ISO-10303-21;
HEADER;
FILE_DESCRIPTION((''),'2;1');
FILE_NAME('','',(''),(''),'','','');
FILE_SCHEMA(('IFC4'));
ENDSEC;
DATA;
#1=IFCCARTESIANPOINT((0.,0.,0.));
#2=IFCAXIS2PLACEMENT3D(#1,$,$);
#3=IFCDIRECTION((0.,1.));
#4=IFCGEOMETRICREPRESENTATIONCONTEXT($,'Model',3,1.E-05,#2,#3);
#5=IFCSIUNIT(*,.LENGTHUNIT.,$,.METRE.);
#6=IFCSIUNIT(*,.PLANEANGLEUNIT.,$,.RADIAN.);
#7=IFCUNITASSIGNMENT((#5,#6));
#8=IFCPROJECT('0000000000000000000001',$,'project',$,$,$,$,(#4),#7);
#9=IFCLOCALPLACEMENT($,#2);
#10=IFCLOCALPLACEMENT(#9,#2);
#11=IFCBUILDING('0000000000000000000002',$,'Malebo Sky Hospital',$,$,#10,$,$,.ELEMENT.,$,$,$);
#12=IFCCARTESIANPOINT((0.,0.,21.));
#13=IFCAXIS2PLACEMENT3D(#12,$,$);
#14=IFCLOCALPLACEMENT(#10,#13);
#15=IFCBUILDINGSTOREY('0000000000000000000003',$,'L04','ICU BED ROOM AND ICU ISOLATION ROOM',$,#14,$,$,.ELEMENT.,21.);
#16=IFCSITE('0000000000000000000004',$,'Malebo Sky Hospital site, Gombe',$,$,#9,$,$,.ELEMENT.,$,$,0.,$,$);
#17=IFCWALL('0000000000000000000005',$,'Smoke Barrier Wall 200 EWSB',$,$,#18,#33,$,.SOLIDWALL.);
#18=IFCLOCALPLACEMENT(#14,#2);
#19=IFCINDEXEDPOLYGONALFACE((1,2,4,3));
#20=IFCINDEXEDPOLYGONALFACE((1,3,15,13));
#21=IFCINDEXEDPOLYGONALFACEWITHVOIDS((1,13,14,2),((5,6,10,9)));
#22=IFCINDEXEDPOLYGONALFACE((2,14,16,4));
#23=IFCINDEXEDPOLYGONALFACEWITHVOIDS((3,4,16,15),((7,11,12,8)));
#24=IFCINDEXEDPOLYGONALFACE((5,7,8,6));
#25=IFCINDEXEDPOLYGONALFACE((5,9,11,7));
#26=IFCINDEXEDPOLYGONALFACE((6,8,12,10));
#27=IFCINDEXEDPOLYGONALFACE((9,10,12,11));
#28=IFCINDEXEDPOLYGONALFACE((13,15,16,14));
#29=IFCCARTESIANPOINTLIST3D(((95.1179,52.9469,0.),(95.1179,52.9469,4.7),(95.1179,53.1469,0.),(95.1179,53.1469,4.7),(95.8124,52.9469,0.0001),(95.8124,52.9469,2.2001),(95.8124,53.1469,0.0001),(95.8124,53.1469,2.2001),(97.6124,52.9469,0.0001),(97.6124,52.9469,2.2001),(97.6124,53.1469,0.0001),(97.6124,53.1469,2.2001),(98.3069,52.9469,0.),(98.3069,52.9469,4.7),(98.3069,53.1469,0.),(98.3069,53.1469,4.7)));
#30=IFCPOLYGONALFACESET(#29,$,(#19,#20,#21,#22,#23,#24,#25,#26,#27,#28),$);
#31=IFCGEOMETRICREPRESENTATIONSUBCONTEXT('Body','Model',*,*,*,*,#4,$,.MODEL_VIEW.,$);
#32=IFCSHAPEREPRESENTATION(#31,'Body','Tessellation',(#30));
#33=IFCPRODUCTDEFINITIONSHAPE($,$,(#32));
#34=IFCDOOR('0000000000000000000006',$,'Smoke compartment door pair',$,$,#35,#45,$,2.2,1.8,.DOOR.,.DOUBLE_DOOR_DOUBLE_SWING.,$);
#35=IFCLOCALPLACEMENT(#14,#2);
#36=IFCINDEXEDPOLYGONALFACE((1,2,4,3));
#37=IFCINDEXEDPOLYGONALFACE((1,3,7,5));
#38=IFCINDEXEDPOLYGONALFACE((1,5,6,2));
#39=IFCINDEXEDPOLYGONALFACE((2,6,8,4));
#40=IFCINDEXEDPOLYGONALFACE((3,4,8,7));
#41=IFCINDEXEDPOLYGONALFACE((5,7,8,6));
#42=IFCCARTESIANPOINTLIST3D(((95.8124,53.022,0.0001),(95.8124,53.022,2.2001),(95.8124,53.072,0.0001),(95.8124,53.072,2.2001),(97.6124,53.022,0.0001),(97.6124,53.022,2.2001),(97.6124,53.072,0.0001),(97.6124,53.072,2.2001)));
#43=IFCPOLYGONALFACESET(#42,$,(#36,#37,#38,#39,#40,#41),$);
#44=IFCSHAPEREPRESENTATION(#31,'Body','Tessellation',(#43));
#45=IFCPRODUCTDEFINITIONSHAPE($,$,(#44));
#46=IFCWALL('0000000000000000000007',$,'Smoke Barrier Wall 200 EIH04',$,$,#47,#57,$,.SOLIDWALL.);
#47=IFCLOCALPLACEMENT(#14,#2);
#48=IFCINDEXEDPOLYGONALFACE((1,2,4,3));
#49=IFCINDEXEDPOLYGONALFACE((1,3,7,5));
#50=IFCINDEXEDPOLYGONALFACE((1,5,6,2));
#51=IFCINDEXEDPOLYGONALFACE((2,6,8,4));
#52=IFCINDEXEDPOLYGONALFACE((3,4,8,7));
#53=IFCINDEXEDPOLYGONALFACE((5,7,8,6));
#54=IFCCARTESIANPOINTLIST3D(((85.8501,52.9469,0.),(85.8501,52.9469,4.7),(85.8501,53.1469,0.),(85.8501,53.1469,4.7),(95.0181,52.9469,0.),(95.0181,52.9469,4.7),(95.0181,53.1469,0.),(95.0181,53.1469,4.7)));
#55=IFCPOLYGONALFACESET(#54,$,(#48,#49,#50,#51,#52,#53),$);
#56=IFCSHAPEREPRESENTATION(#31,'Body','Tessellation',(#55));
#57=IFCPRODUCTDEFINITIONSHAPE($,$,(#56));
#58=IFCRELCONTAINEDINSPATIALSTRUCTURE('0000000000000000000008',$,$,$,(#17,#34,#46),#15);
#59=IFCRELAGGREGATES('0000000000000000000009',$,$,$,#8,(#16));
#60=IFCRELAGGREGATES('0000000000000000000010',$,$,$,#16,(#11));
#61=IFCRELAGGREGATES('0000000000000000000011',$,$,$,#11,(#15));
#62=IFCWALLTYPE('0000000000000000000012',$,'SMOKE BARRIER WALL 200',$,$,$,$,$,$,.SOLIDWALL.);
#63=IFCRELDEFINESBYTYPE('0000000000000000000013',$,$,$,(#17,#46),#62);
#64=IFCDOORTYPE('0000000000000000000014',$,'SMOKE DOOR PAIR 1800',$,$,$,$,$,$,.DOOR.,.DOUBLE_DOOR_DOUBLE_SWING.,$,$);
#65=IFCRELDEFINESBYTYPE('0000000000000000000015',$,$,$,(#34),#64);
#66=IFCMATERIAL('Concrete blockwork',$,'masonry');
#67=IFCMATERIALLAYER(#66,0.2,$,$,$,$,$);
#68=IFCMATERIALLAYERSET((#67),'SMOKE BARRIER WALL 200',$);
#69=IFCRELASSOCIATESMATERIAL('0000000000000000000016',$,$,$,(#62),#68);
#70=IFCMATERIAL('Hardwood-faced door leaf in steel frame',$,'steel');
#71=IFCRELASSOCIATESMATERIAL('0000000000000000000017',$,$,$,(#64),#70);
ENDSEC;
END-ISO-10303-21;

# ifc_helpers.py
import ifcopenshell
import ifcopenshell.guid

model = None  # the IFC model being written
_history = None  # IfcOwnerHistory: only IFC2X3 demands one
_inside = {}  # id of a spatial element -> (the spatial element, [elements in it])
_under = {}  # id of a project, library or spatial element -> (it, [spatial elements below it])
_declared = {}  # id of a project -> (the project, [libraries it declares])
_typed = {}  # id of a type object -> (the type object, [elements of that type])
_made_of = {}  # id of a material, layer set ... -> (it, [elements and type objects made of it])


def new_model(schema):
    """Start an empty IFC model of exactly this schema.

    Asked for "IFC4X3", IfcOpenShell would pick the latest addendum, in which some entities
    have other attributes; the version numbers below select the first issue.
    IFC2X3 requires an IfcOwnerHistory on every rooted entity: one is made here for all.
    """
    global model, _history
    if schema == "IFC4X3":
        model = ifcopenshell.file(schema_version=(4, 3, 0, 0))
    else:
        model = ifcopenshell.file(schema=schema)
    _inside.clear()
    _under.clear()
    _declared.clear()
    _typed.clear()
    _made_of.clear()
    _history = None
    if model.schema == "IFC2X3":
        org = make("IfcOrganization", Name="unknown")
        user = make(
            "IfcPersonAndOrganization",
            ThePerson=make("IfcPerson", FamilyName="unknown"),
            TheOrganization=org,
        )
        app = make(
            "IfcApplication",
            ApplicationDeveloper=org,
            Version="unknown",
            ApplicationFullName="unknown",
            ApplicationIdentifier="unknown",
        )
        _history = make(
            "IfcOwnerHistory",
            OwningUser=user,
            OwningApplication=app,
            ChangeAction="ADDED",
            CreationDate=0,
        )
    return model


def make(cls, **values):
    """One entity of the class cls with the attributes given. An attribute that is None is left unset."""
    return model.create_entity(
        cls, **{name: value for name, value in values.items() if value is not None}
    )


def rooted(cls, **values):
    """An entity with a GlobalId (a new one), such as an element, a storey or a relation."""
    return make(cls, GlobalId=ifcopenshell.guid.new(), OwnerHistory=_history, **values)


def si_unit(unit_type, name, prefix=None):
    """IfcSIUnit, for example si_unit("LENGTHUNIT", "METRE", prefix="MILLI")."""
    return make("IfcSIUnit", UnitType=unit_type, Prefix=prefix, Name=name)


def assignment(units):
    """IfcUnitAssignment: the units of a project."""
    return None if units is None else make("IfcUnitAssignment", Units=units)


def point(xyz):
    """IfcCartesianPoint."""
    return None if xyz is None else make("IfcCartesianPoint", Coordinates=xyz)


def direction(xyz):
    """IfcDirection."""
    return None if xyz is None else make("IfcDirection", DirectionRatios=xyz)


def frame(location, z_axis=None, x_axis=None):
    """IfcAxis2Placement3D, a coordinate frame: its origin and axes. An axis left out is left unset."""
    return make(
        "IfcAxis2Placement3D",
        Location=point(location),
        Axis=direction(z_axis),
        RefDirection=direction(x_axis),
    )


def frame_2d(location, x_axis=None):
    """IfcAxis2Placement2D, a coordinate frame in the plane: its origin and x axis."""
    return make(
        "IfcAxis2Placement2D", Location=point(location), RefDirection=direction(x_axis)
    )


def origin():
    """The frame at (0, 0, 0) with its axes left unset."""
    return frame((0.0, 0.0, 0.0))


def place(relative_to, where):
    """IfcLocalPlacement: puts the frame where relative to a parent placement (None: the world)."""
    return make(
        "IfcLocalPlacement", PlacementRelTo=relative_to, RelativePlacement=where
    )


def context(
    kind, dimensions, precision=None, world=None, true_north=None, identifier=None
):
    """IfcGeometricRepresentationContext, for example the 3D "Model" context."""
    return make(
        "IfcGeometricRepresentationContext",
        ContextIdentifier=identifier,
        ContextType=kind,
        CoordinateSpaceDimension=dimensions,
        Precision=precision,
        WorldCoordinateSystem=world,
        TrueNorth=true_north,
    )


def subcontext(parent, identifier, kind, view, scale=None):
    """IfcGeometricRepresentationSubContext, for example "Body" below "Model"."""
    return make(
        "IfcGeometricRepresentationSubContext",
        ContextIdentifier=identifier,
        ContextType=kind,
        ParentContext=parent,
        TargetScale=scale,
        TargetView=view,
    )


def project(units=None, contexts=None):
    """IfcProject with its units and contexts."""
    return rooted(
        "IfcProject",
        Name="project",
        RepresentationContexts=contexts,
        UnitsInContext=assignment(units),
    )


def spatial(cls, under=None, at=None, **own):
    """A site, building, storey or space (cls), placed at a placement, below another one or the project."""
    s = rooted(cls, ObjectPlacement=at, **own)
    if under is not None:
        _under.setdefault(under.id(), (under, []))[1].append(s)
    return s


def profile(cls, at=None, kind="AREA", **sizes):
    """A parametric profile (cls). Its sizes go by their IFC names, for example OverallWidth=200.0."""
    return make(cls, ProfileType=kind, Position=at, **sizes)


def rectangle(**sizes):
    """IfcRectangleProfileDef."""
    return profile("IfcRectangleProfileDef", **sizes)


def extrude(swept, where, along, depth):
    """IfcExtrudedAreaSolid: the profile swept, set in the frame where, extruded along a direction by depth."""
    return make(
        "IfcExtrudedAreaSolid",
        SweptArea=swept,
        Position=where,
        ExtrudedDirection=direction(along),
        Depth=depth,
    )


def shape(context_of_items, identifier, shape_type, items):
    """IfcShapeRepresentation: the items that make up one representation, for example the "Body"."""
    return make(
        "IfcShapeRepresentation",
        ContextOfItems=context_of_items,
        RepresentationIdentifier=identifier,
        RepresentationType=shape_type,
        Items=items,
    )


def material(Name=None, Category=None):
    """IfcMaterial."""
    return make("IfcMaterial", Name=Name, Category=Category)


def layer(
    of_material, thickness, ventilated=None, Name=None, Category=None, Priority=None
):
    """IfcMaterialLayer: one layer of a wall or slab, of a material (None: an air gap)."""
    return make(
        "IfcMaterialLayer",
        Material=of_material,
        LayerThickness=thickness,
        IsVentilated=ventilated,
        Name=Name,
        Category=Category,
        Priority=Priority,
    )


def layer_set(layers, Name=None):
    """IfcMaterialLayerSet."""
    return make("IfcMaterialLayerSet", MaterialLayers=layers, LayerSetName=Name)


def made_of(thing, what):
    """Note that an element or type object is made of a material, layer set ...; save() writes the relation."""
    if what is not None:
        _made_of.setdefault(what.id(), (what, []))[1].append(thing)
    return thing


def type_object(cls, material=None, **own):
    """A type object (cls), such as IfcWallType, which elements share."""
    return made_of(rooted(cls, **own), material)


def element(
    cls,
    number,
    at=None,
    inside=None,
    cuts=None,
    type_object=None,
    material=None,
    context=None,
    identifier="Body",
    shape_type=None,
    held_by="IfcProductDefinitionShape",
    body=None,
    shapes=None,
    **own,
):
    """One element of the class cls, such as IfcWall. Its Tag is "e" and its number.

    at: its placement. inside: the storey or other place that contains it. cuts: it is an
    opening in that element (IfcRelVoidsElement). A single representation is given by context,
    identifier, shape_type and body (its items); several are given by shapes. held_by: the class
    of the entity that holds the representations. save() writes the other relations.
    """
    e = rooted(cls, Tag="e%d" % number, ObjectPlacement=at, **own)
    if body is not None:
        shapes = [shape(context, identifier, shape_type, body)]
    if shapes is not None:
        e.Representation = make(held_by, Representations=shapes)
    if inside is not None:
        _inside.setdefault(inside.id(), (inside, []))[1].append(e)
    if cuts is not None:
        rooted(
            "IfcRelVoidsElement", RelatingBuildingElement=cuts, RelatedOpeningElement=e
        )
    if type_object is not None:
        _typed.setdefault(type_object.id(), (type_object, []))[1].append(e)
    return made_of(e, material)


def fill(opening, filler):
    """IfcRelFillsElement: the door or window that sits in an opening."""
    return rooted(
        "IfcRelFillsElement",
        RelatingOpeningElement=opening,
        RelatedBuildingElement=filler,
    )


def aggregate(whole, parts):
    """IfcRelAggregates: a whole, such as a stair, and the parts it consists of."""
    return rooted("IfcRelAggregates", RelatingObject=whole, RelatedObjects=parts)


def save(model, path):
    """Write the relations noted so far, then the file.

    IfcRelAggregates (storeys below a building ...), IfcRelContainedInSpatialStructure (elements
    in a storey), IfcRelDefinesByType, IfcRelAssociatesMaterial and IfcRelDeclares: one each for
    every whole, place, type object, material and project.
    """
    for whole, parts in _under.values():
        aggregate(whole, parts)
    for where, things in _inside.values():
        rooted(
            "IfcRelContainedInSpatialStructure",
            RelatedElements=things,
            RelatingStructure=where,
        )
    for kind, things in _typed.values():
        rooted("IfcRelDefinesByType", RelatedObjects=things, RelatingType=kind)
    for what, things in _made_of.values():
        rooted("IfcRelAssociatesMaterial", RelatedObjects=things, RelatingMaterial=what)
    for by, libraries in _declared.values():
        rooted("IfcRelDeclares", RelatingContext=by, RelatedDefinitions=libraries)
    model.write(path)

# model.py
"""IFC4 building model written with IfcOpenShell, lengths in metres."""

from ifc_helpers import new_model, si_unit, direction, frame, frame_2d, origin, place, context, subcontext, project, spatial, rectangle, extrude, material, layer, layer_set, type_object, element, fill, save


model = new_model("IFC4")

# Units and contexts
model_context = context("Model", 3, precision=1e-05, world=origin(), true_north=direction((0.0, 1.0)))
body_context = subcontext(model_context, "Body", "Model", "MODEL_VIEW")
ifc_project = project(units=[si_unit("LENGTHUNIT", "METRE"), si_unit("PLANEANGLEUNIT", "RADIAN")], contexts=[model_context])

# Site, building, storey
site_placement = place(None, origin())
site = spatial("IfcSite", under=ifc_project, at=site_placement, Name="Malebo Sky Hospital site, Gombe", CompositionType="ELEMENT", RefElevation=0.0)
building_placement = place(site_placement, origin())
building = spatial("IfcBuilding", under=site, at=building_placement, Name="Malebo Sky Hospital", CompositionType="ELEMENT")
storey_placement = place(building_placement, frame((0.0, 0.0, 21.0)))
storey = spatial("IfcBuildingStorey", under=building, at=storey_placement, Name="L04", Description="ICU BED ROOM AND ICU ISOLATION ROOM", CompositionType="ELEMENT", Elevation=21.0)

# Shared definitions
ifc_material_1 = material(Name="Hardwood-faced door leaf in steel frame", Category="steel")

# Wall, opening, door
ifc_material_2 = material(Name="Concrete blockwork", Category="masonry")
ifc_layer_1 = layer(ifc_material_2, 0.2)
ifc_layer_set_1 = layer_set([ifc_layer_1], Name="SMOKE BARRIER WALL 200")
wall_type_1 = type_object("IfcWallType", Name="SMOKE BARRIER WALL 200", PredefinedType="SOLIDWALL", material=ifc_layer_set_1)
wall_1_placement = place(storey_placement, frame((98.3069, 53.0469, 0.0), z_axis=(0.0, 0.0, 1.0), x_axis=(-1.0, 0.0, 0.0)))
wall_1 = element("IfcWall", 1, at=wall_1_placement, inside=storey, type_object=wall_type_1, Name="Smoke Barrier Wall 200 EWSB", PredefinedType="SOLIDWALL", context=body_context, shape_type="SweptSolid", body=[
    extrude(rectangle(XDim=3.189, YDim=0.2, at=frame_2d((1.5945, 0.0))), origin(), (0.0, 0.0, 1.0), 4.7),
])
opening_1_placement = place(wall_1_placement, frame((0.6946, 0.0, 0.0)))
opening_1 = element("IfcOpeningElement", 2, at=opening_1_placement, cuts=wall_1, PredefinedType="OPENING", context=body_context, shape_type="SweptSolid", body=[
    extrude(rectangle(XDim=1.8, YDim=2.2, at=frame_2d((0.8999, 1.1001))), frame((0.0, 0.1099, 0.0), z_axis=(0.0, -1.0, 0.0), x_axis=(1.0, 0.0, 0.0)), (0.0, 0.0, 1.0), 0.22),
])
door_type_1 = type_object("IfcDoorType", Name="SMOKE DOOR PAIR 1800", OperationType="DOUBLE_DOOR_DOUBLE_SWING", PredefinedType="DOOR", material=ifc_material_1)
door_1_placement = place(opening_1_placement, origin())
door_1 = element("IfcDoor", 3, at=door_1_placement, inside=storey, type_object=door_type_1, Name="Smoke compartment door pair", OperationType="DOUBLE_DOOR_DOUBLE_SWING", OverallHeight=2.2, OverallWidth=1.8, PredefinedType="DOOR", context=body_context, shape_type="SweptSolid", body=[
    extrude(rectangle(XDim=1.8, YDim=2.2, at=frame_2d((0.8999, 1.1001))), frame((0.0, 0.0249, 0.0), z_axis=(0.0, -1.0, 0.0), x_axis=(1.0, 0.0, 0.0)), (0.0, 0.0, 1.0), 0.05),
])
fill(opening_1, door_1)

# Wall
wall_2_placement = place(storey_placement, frame((95.0181, 53.0469, 0.0), z_axis=(0.0, 0.0, 1.0), x_axis=(-1.0, 0.0, 0.0)))
element("IfcWall", 4, at=wall_2_placement, inside=storey, type_object=wall_type_1, Name="Smoke Barrier Wall 200 EIH04", PredefinedType="SOLIDWALL", context=body_context, shape_type="SweptSolid", body=[
    extrude(rectangle(XDim=9.168, YDim=0.2, at=frame_2d((4.584, 0.0))), origin(), (0.0, 0.0, 1.0), 4.7),
])

save(model, "model.ifc")
